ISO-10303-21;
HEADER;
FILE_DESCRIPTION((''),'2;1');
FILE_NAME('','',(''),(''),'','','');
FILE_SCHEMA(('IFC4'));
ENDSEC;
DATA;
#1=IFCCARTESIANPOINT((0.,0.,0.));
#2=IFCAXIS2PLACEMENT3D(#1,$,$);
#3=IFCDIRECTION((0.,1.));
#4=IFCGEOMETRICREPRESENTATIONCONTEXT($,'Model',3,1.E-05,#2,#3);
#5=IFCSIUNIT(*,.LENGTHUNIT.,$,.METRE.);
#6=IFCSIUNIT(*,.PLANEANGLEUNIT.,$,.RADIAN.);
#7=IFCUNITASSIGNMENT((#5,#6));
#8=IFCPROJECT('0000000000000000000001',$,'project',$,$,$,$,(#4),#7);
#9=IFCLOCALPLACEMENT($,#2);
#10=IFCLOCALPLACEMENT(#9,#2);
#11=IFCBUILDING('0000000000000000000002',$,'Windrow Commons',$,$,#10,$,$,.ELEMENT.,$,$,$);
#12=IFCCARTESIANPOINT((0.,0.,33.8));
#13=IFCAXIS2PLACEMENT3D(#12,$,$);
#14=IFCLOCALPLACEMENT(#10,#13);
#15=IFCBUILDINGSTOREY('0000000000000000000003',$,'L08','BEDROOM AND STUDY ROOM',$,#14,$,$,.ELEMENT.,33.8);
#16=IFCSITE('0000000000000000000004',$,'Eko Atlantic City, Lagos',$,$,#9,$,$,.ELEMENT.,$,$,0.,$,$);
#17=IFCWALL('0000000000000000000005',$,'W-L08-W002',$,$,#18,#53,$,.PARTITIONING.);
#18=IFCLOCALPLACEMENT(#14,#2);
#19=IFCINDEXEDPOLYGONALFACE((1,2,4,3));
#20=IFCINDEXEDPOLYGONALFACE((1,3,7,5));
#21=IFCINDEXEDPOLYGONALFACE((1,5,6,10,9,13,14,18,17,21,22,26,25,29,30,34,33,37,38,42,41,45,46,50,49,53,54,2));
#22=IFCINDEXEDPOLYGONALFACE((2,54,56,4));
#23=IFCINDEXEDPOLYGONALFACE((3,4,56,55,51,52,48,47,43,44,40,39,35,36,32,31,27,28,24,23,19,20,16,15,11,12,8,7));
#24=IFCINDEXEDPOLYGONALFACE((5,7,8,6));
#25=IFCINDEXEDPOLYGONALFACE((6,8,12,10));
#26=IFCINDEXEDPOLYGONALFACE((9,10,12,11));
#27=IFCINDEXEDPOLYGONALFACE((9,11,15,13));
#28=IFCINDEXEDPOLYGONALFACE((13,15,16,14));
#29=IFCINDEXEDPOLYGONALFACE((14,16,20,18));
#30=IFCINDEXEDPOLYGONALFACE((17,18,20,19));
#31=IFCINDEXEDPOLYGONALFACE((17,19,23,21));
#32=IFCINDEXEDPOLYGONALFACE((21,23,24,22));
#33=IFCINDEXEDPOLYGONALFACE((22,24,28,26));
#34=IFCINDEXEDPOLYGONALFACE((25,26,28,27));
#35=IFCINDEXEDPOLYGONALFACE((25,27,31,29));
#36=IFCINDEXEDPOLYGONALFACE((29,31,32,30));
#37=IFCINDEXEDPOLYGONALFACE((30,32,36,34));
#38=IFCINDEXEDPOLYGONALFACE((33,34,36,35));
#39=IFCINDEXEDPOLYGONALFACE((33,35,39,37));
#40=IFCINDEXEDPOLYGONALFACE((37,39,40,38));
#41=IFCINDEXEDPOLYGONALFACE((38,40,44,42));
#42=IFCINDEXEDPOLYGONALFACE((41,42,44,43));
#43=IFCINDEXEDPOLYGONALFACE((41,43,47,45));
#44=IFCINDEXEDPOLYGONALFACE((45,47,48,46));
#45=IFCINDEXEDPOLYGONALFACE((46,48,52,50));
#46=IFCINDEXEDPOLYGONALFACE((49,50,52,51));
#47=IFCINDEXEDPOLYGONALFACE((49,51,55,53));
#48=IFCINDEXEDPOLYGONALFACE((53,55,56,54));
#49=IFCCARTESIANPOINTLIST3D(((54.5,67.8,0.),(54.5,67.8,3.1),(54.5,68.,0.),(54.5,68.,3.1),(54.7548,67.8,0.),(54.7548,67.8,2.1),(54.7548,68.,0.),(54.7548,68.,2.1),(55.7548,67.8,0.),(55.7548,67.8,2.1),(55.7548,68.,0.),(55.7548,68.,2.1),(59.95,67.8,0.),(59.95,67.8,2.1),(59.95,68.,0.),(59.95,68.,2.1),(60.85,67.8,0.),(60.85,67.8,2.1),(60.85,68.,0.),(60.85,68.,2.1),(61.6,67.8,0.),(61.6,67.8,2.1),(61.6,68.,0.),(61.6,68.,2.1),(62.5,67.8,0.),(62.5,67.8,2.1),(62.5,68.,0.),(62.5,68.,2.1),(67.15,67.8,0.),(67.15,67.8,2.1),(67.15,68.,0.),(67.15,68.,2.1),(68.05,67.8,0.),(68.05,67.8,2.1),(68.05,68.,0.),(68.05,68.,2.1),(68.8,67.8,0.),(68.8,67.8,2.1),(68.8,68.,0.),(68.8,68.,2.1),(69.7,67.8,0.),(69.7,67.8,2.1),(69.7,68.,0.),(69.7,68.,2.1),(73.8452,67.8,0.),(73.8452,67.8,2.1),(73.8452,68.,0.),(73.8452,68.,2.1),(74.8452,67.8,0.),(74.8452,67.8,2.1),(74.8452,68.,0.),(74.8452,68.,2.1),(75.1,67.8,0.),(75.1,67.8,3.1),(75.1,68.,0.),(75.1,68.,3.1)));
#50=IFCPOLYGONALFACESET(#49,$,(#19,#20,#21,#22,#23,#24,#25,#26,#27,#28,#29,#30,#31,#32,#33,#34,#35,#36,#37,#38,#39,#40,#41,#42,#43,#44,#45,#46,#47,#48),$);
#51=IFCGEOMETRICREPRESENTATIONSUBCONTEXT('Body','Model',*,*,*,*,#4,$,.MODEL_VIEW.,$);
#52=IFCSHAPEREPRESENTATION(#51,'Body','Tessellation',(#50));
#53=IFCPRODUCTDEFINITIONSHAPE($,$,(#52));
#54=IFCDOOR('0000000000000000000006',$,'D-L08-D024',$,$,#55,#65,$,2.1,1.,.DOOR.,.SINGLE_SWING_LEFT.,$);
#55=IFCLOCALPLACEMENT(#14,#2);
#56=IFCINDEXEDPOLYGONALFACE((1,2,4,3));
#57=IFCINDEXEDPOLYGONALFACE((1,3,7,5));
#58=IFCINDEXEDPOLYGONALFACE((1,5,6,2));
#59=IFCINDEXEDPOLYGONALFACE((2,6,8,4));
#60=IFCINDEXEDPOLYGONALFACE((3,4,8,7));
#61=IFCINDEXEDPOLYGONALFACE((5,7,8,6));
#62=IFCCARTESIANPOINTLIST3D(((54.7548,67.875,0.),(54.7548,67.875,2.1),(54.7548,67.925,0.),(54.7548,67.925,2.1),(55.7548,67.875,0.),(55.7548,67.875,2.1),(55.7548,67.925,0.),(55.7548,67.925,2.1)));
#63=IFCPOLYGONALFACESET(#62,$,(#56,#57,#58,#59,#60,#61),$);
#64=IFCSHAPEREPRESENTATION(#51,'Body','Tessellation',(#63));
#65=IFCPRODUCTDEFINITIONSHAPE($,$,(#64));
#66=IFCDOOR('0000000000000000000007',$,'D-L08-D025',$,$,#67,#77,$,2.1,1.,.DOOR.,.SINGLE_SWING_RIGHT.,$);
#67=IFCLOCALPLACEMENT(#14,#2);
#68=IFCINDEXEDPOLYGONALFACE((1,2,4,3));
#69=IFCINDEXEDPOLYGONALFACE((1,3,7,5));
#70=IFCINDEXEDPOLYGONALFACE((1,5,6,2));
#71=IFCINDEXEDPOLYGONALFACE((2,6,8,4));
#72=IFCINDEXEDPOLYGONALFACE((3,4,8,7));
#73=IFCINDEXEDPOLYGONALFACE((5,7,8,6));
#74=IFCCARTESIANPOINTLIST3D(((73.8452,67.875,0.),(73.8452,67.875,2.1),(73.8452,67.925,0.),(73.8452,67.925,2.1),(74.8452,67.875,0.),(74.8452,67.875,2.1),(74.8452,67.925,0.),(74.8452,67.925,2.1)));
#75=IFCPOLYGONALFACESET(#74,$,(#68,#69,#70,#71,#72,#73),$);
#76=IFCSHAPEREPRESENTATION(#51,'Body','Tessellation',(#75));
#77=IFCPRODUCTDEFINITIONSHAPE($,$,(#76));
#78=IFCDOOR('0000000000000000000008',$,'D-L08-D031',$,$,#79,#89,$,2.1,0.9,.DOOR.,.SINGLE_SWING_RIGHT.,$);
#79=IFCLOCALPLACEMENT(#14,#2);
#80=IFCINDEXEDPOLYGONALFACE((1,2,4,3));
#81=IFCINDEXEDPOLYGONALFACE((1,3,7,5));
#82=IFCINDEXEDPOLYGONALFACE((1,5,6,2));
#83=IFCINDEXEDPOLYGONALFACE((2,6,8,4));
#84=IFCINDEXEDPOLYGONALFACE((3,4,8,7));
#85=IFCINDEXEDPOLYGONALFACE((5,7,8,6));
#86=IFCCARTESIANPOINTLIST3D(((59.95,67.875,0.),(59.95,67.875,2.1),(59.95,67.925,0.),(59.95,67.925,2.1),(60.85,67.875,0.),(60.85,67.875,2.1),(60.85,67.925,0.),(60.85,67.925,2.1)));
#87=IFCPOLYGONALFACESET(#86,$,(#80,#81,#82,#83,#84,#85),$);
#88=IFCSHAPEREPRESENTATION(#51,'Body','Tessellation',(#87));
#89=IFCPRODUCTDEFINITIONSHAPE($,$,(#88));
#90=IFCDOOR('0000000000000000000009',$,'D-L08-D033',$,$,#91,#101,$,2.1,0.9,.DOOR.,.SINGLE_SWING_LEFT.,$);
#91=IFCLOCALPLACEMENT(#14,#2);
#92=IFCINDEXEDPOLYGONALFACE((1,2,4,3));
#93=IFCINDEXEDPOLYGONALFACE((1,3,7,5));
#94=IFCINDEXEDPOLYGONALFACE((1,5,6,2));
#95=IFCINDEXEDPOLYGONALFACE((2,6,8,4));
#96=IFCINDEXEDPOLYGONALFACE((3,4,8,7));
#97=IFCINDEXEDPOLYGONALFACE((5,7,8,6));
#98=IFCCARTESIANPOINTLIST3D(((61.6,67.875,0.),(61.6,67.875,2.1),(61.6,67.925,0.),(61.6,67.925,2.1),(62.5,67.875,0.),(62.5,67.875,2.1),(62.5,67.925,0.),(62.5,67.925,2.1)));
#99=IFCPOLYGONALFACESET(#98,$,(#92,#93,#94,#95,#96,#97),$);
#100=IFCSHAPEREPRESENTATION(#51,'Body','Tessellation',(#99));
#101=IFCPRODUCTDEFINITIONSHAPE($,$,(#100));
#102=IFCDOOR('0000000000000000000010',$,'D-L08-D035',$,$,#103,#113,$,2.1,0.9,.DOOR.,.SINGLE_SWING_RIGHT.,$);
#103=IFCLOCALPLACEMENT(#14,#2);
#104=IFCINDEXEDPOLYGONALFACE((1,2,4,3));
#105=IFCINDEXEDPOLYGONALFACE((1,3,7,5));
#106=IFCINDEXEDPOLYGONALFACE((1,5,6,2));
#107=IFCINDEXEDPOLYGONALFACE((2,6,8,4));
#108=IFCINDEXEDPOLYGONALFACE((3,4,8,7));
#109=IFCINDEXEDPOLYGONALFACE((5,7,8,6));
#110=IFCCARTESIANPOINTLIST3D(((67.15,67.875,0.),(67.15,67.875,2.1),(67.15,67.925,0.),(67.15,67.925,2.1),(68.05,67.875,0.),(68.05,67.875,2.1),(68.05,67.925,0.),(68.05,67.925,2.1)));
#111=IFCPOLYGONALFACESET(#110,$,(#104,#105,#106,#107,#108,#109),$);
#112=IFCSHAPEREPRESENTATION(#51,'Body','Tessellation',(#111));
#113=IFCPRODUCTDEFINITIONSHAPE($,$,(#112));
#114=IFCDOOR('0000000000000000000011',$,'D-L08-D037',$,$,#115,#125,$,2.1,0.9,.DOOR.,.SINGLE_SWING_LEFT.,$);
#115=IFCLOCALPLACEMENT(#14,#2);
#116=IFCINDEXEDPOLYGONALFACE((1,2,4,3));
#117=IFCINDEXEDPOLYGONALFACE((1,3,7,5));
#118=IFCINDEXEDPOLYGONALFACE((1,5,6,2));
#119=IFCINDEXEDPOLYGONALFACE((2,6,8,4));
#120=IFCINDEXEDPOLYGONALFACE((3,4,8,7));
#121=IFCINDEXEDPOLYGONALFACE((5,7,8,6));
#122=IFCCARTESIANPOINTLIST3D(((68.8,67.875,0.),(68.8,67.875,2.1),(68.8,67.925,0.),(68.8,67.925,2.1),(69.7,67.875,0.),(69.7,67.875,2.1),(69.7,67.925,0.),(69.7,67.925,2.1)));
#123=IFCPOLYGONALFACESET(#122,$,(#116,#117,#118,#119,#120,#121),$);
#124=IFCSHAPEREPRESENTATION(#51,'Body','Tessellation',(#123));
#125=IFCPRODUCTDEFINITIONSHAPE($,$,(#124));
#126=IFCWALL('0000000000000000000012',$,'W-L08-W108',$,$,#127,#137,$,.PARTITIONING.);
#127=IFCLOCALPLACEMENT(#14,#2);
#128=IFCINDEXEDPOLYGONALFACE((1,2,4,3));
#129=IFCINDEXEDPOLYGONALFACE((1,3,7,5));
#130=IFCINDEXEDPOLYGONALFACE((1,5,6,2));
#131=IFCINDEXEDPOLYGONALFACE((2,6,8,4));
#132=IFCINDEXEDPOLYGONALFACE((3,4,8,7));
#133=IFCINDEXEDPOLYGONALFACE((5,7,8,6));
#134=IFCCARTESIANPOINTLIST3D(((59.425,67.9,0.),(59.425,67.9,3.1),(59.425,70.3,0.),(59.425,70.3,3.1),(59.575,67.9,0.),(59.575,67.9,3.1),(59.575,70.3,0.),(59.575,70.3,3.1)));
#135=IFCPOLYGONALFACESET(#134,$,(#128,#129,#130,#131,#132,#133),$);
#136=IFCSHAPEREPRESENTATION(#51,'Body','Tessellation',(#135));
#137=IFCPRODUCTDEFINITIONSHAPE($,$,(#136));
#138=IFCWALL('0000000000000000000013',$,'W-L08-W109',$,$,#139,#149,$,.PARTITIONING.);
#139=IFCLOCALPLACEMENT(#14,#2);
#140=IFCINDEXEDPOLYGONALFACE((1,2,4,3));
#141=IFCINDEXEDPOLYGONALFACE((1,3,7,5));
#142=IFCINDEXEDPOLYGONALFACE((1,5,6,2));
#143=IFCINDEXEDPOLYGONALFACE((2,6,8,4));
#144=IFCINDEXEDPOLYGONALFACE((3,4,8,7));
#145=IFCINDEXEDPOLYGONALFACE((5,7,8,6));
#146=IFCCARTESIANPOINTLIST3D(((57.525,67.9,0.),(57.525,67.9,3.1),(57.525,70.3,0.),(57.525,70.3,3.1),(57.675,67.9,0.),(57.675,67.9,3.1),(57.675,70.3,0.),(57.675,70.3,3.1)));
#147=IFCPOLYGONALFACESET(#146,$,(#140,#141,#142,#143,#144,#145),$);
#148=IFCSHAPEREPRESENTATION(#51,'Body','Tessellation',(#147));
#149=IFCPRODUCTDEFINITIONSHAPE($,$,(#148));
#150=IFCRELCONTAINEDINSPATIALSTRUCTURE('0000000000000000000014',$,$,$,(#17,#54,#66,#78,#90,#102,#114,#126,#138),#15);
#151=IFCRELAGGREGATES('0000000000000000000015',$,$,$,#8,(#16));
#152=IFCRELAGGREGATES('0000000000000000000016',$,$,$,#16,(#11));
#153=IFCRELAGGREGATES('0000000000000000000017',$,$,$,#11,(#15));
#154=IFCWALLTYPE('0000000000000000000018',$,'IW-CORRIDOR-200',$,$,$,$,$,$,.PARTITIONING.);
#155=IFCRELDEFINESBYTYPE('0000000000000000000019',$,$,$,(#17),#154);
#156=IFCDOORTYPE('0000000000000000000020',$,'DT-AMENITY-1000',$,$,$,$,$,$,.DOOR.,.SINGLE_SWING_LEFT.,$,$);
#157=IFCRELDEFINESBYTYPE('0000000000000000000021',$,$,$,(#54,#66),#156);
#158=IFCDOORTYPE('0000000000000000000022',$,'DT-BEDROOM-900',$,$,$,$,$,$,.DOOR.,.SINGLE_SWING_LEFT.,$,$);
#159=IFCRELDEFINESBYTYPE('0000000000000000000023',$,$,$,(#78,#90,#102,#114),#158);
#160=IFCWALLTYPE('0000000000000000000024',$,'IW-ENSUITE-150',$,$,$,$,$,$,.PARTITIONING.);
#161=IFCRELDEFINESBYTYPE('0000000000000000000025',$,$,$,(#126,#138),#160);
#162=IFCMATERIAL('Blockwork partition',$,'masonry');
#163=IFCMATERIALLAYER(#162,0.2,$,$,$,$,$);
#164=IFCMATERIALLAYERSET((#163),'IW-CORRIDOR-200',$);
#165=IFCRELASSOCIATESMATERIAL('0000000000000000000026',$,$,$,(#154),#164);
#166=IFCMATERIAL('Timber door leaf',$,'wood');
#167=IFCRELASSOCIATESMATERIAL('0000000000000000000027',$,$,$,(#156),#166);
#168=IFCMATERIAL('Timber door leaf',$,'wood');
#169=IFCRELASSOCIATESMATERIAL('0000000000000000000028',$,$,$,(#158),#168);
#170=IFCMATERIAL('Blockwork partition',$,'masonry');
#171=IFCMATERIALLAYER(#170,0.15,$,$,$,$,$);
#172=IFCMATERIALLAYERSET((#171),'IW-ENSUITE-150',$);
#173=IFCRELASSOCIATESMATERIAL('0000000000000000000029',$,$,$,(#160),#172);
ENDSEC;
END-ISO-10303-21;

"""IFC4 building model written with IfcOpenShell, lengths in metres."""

from ifc_helpers import new_model, si_unit, direction, frame, frame_2d, origin, place, context, subcontext, project, spatial, rectangle, extrude, material, layer, layer_set, type_object, element, fill, save


model = new_model("IFC4")

# Units and contexts
model_context = context("Model", 3, precision=1e-05, world=origin(), true_north=direction((0.0, 1.0)))
body_context = subcontext(model_context, "Body", "Model", "MODEL_VIEW")
ifc_project = project(units=[si_unit("LENGTHUNIT", "METRE"), si_unit("PLANEANGLEUNIT", "RADIAN")], contexts=[model_context])

# Site, building, storey
site_placement = place(None, origin())
site = spatial("IfcSite", under=ifc_project, at=site_placement, Name="Eko Atlantic City, Lagos", CompositionType="ELEMENT", RefElevation=0.0)
building_placement = place(site_placement, origin())
building = spatial("IfcBuilding", under=site, at=building_placement, Name="Windrow Commons", CompositionType="ELEMENT")
storey_placement = place(building_placement, frame((0.0, 0.0, 33.8)))
storey = spatial("IfcBuildingStorey", under=building, at=storey_placement, Name="L08", Description="BEDROOM AND STUDY ROOM", CompositionType="ELEMENT", Elevation=33.8)

# Wall, openings, doors
ifc_material_1 = material(Name="Blockwork partition", Category="masonry")
ifc_layer_1 = layer(ifc_material_1, 0.2)
ifc_layer_set_1 = layer_set([ifc_layer_1], Name="IW-CORRIDOR-200")
wall_type_1 = type_object("IfcWallType", Name="IW-CORRIDOR-200", PredefinedType="PARTITIONING", material=ifc_layer_set_1)
wall_1_placement = place(storey_placement, frame((54.5, 67.9, 0.0), z_axis=(0.0, 0.0, 1.0), x_axis=(1.0, 0.0, 0.0)))
wall_1 = element("IfcWall", 1, at=wall_1_placement, inside=storey, type_object=wall_type_1, Name="W-L08-W002", PredefinedType="PARTITIONING", context=body_context, shape_type="SweptSolid", body=[
    extrude(rectangle(XDim=20.6, YDim=0.2, at=frame_2d((10.3, 0.0))), origin(), (0.0, 0.0, 1.0), 3.1),
])
opening_1_placement = place(wall_1_placement, frame((0.2548, 0.0, 0.0)))
opening_1 = element("IfcOpeningElement", 2, at=opening_1_placement, cuts=wall_1, PredefinedType="OPENING", context=body_context, shape_type="SweptSolid", body=[
    extrude(rectangle(XDim=1.0, YDim=2.1, at=frame_2d((0.5, 1.05))), frame((0.0, 0.11, 0.0), z_axis=(0.0, -1.0, 0.0), x_axis=(1.0, 0.0, 0.0)), (0.0, 0.0, 1.0), 0.22),
])
opening_2_placement = place(wall_1_placement, frame((19.3452, 0.0, 0.0)))
opening_2 = element("IfcOpeningElement", 3, at=opening_2_placement, cuts=wall_1, PredefinedType="OPENING", context=body_context, shape_type="SweptSolid", body=[
    extrude(rectangle(XDim=1.0, YDim=2.1, at=frame_2d((0.5, 1.05))), frame((0.0, 0.11, 0.0), z_axis=(0.0, -1.0, 0.0), x_axis=(1.0, 0.0, 0.0)), (0.0, 0.0, 1.0), 0.22),
])
opening_3_placement = place(wall_1_placement, frame((5.45, 0.0, 0.0)))
opening_3 = element("IfcOpeningElement", 4, at=opening_3_placement, cuts=wall_1, PredefinedType="OPENING", context=body_context, shape_type="SweptSolid", body=[
    extrude(rectangle(XDim=0.9, YDim=2.1, at=frame_2d((0.45, 1.05))), frame((0.0, 0.11, 0.0), z_axis=(0.0, -1.0, 0.0), x_axis=(1.0, 0.0, 0.0)), (0.0, 0.0, 1.0), 0.22),
])
opening_4_placement = place(wall_1_placement, frame((7.1, 0.0, 0.0)))
opening_4 = element("IfcOpeningElement", 5, at=opening_4_placement, cuts=wall_1, PredefinedType="OPENING", context=body_context, shape_type="SweptSolid", body=[
    extrude(rectangle(XDim=0.9, YDim=2.1, at=frame_2d((0.45, 1.05))), frame((0.0, 0.11, 0.0), z_axis=(0.0, -1.0, 0.0), x_axis=(1.0, 0.0, 0.0)), (0.0, 0.0, 1.0), 0.22),
])
opening_5_placement = place(wall_1_placement, frame((12.65, 0.0, 0.0)))
opening_5 = element("IfcOpeningElement", 6, at=opening_5_placement, cuts=wall_1, PredefinedType="OPENING", context=body_context, shape_type="SweptSolid", body=[
    extrude(rectangle(XDim=0.9, YDim=2.1, at=frame_2d((0.45, 1.05))), frame((0.0, 0.11, 0.0), z_axis=(0.0, -1.0, 0.0), x_axis=(1.0, 0.0, 0.0)), (0.0, 0.0, 1.0), 0.22),
])
opening_6_placement = place(wall_1_placement, frame((14.3, 0.0, 0.0)))
opening_6 = element("IfcOpeningElement", 7, at=opening_6_placement, cuts=wall_1, PredefinedType="OPENING", context=body_context, shape_type="SweptSolid", body=[
    extrude(rectangle(XDim=0.9, YDim=2.1, at=frame_2d((0.45, 1.05))), frame((0.0, 0.11, 0.0), z_axis=(0.0, -1.0, 0.0), x_axis=(1.0, 0.0, 0.0)), (0.0, 0.0, 1.0), 0.22),
])
ifc_material_2 = material(Name="Timber door leaf", Category="wood")
door_type_1 = type_object("IfcDoorType", Name="DT-AMENITY-1000", OperationType="SINGLE_SWING_LEFT", PredefinedType="DOOR", material=ifc_material_2)
door_1_placement = place(opening_1_placement, origin())
door_1 = element("IfcDoor", 8, at=door_1_placement, inside=storey, type_object=door_type_1, Name="D-L08-D024", OperationType="SINGLE_SWING_LEFT", OverallHeight=2.1, OverallWidth=1.0, PredefinedType="DOOR", context=body_context, shape_type="SweptSolid", body=[
    extrude(rectangle(XDim=1.0, YDim=2.1, at=frame_2d((0.5, 1.05))), frame((0.0, 0.025, 0.0), z_axis=(0.0, -1.0, 0.0), x_axis=(1.0, 0.0, 0.0)), (0.0, 0.0, 1.0), 0.05),
])
fill(opening_1, door_1)
door_2_placement = place(opening_2_placement, origin())
door_2 = element("IfcDoor", 9, at=door_2_placement, inside=storey, type_object=door_type_1, Name="D-L08-D025", OperationType="SINGLE_SWING_RIGHT", OverallHeight=2.1, OverallWidth=1.0, PredefinedType="DOOR", context=body_context, shape_type="SweptSolid", body=[
    extrude(rectangle(XDim=1.0, YDim=2.1, at=frame_2d((0.5, 1.05))), frame((0.0, 0.025, 0.0), z_axis=(0.0, -1.0, 0.0), x_axis=(1.0, 0.0, 0.0)), (0.0, 0.0, 1.0), 0.05),
])
fill(opening_2, door_2)
ifc_material_3 = material(Name="Timber door leaf", Category="wood")
door_type_2 = type_object("IfcDoorType", Name="DT-BEDROOM-900", OperationType="SINGLE_SWING_LEFT", PredefinedType="DOOR", material=ifc_material_3)
door_3_placement = place(opening_3_placement, origin())
door_3 = element("IfcDoor", 10, at=door_3_placement, inside=storey, type_object=door_type_2, Name="D-L08-D031", OperationType="SINGLE_SWING_RIGHT", OverallHeight=2.1, OverallWidth=0.9, PredefinedType="DOOR", context=body_context, shape_type="SweptSolid", body=[
    extrude(rectangle(XDim=0.9, YDim=2.1, at=frame_2d((0.45, 1.05))), frame((0.0, 0.025, 0.0), z_axis=(0.0, -1.0, 0.0), x_axis=(1.0, 0.0, 0.0)), (0.0, 0.0, 1.0), 0.05),
])
fill(opening_3, door_3)
door_4_placement = place(opening_4_placement, origin())
door_4 = element("IfcDoor", 11, at=door_4_placement, inside=storey, type_object=door_type_2, Name="D-L08-D033", OperationType="SINGLE_SWING_LEFT", OverallHeight=2.1, OverallWidth=0.9, PredefinedType="DOOR", context=body_context, shape_type="SweptSolid", body=[
    extrude(rectangle(XDim=0.9, YDim=2.1, at=frame_2d((0.45, 1.05))), frame((0.0, 0.025, 0.0), z_axis=(0.0, -1.0, 0.0), x_axis=(1.0, 0.0, 0.0)), (0.0, 0.0, 1.0), 0.05),
])
fill(opening_4, door_4)
door_5_placement = place(opening_5_placement, origin())
door_5 = element("IfcDoor", 12, at=door_5_placement, inside=storey, type_object=door_type_2, Name="D-L08-D035", OperationType="SINGLE_SWING_RIGHT", OverallHeight=2.1, OverallWidth=0.9, PredefinedType="DOOR", context=body_context, shape_type="SweptSolid", body=[
    extrude(rectangle(XDim=0.9, YDim=2.1, at=frame_2d((0.45, 1.05))), frame((0.0, 0.025, 0.0), z_axis=(0.0, -1.0, 0.0), x_axis=(1.0, 0.0, 0.0)), (0.0, 0.0, 1.0), 0.05),
])
fill(opening_5, door_5)
door_6_placement = place(opening_6_placement, origin())
door_6 = element("IfcDoor", 13, at=door_6_placement, inside=storey, type_object=door_type_2, Name="D-L08-D037", OperationType="SINGLE_SWING_LEFT", OverallHeight=2.1, OverallWidth=0.9, PredefinedType="DOOR", context=body_context, shape_type="SweptSolid", body=[
    extrude(rectangle(XDim=0.9, YDim=2.1, at=frame_2d((0.45, 1.05))), frame((0.0, 0.025, 0.0), z_axis=(0.0, -1.0, 0.0), x_axis=(1.0, 0.0, 0.0)), (0.0, 0.0, 1.0), 0.05),
])
fill(opening_6, door_6)

# Walls
ifc_material_4 = material(Name="Blockwork partition", Category="masonry")
ifc_layer_2 = layer(ifc_material_4, 0.15)
ifc_layer_set_2 = layer_set([ifc_layer_2], Name="IW-ENSUITE-150")
wall_type_2 = type_object("IfcWallType", Name="IW-ENSUITE-150", PredefinedType="PARTITIONING", material=ifc_layer_set_2)
for number, where, z_axis, x_axis, name in (
    (14, (59.5, 67.9, 0.0), (0.0, 0.0, 1.0), (0.0, 1.0, 0.0), "W-L08-W108"),
    (15, (57.6, 67.9, 0.0), (0.0, 0.0, 1.0), (0.0, 1.0, 0.0), "W-L08-W109"),
):
    element("IfcWall", number, at=place(storey_placement, frame(where, z_axis=z_axis, x_axis=x_axis)), inside=storey, type_object=wall_type_2, Name=name, PredefinedType="PARTITIONING", context=body_context, shape_type="SweptSolid", body=[
        extrude(rectangle(XDim=2.4, YDim=0.15, at=frame_2d((1.2, 0.0))), origin(), (0.0, 0.0, 1.0), 3.1),
    ])

save(model, "model.ifc")
